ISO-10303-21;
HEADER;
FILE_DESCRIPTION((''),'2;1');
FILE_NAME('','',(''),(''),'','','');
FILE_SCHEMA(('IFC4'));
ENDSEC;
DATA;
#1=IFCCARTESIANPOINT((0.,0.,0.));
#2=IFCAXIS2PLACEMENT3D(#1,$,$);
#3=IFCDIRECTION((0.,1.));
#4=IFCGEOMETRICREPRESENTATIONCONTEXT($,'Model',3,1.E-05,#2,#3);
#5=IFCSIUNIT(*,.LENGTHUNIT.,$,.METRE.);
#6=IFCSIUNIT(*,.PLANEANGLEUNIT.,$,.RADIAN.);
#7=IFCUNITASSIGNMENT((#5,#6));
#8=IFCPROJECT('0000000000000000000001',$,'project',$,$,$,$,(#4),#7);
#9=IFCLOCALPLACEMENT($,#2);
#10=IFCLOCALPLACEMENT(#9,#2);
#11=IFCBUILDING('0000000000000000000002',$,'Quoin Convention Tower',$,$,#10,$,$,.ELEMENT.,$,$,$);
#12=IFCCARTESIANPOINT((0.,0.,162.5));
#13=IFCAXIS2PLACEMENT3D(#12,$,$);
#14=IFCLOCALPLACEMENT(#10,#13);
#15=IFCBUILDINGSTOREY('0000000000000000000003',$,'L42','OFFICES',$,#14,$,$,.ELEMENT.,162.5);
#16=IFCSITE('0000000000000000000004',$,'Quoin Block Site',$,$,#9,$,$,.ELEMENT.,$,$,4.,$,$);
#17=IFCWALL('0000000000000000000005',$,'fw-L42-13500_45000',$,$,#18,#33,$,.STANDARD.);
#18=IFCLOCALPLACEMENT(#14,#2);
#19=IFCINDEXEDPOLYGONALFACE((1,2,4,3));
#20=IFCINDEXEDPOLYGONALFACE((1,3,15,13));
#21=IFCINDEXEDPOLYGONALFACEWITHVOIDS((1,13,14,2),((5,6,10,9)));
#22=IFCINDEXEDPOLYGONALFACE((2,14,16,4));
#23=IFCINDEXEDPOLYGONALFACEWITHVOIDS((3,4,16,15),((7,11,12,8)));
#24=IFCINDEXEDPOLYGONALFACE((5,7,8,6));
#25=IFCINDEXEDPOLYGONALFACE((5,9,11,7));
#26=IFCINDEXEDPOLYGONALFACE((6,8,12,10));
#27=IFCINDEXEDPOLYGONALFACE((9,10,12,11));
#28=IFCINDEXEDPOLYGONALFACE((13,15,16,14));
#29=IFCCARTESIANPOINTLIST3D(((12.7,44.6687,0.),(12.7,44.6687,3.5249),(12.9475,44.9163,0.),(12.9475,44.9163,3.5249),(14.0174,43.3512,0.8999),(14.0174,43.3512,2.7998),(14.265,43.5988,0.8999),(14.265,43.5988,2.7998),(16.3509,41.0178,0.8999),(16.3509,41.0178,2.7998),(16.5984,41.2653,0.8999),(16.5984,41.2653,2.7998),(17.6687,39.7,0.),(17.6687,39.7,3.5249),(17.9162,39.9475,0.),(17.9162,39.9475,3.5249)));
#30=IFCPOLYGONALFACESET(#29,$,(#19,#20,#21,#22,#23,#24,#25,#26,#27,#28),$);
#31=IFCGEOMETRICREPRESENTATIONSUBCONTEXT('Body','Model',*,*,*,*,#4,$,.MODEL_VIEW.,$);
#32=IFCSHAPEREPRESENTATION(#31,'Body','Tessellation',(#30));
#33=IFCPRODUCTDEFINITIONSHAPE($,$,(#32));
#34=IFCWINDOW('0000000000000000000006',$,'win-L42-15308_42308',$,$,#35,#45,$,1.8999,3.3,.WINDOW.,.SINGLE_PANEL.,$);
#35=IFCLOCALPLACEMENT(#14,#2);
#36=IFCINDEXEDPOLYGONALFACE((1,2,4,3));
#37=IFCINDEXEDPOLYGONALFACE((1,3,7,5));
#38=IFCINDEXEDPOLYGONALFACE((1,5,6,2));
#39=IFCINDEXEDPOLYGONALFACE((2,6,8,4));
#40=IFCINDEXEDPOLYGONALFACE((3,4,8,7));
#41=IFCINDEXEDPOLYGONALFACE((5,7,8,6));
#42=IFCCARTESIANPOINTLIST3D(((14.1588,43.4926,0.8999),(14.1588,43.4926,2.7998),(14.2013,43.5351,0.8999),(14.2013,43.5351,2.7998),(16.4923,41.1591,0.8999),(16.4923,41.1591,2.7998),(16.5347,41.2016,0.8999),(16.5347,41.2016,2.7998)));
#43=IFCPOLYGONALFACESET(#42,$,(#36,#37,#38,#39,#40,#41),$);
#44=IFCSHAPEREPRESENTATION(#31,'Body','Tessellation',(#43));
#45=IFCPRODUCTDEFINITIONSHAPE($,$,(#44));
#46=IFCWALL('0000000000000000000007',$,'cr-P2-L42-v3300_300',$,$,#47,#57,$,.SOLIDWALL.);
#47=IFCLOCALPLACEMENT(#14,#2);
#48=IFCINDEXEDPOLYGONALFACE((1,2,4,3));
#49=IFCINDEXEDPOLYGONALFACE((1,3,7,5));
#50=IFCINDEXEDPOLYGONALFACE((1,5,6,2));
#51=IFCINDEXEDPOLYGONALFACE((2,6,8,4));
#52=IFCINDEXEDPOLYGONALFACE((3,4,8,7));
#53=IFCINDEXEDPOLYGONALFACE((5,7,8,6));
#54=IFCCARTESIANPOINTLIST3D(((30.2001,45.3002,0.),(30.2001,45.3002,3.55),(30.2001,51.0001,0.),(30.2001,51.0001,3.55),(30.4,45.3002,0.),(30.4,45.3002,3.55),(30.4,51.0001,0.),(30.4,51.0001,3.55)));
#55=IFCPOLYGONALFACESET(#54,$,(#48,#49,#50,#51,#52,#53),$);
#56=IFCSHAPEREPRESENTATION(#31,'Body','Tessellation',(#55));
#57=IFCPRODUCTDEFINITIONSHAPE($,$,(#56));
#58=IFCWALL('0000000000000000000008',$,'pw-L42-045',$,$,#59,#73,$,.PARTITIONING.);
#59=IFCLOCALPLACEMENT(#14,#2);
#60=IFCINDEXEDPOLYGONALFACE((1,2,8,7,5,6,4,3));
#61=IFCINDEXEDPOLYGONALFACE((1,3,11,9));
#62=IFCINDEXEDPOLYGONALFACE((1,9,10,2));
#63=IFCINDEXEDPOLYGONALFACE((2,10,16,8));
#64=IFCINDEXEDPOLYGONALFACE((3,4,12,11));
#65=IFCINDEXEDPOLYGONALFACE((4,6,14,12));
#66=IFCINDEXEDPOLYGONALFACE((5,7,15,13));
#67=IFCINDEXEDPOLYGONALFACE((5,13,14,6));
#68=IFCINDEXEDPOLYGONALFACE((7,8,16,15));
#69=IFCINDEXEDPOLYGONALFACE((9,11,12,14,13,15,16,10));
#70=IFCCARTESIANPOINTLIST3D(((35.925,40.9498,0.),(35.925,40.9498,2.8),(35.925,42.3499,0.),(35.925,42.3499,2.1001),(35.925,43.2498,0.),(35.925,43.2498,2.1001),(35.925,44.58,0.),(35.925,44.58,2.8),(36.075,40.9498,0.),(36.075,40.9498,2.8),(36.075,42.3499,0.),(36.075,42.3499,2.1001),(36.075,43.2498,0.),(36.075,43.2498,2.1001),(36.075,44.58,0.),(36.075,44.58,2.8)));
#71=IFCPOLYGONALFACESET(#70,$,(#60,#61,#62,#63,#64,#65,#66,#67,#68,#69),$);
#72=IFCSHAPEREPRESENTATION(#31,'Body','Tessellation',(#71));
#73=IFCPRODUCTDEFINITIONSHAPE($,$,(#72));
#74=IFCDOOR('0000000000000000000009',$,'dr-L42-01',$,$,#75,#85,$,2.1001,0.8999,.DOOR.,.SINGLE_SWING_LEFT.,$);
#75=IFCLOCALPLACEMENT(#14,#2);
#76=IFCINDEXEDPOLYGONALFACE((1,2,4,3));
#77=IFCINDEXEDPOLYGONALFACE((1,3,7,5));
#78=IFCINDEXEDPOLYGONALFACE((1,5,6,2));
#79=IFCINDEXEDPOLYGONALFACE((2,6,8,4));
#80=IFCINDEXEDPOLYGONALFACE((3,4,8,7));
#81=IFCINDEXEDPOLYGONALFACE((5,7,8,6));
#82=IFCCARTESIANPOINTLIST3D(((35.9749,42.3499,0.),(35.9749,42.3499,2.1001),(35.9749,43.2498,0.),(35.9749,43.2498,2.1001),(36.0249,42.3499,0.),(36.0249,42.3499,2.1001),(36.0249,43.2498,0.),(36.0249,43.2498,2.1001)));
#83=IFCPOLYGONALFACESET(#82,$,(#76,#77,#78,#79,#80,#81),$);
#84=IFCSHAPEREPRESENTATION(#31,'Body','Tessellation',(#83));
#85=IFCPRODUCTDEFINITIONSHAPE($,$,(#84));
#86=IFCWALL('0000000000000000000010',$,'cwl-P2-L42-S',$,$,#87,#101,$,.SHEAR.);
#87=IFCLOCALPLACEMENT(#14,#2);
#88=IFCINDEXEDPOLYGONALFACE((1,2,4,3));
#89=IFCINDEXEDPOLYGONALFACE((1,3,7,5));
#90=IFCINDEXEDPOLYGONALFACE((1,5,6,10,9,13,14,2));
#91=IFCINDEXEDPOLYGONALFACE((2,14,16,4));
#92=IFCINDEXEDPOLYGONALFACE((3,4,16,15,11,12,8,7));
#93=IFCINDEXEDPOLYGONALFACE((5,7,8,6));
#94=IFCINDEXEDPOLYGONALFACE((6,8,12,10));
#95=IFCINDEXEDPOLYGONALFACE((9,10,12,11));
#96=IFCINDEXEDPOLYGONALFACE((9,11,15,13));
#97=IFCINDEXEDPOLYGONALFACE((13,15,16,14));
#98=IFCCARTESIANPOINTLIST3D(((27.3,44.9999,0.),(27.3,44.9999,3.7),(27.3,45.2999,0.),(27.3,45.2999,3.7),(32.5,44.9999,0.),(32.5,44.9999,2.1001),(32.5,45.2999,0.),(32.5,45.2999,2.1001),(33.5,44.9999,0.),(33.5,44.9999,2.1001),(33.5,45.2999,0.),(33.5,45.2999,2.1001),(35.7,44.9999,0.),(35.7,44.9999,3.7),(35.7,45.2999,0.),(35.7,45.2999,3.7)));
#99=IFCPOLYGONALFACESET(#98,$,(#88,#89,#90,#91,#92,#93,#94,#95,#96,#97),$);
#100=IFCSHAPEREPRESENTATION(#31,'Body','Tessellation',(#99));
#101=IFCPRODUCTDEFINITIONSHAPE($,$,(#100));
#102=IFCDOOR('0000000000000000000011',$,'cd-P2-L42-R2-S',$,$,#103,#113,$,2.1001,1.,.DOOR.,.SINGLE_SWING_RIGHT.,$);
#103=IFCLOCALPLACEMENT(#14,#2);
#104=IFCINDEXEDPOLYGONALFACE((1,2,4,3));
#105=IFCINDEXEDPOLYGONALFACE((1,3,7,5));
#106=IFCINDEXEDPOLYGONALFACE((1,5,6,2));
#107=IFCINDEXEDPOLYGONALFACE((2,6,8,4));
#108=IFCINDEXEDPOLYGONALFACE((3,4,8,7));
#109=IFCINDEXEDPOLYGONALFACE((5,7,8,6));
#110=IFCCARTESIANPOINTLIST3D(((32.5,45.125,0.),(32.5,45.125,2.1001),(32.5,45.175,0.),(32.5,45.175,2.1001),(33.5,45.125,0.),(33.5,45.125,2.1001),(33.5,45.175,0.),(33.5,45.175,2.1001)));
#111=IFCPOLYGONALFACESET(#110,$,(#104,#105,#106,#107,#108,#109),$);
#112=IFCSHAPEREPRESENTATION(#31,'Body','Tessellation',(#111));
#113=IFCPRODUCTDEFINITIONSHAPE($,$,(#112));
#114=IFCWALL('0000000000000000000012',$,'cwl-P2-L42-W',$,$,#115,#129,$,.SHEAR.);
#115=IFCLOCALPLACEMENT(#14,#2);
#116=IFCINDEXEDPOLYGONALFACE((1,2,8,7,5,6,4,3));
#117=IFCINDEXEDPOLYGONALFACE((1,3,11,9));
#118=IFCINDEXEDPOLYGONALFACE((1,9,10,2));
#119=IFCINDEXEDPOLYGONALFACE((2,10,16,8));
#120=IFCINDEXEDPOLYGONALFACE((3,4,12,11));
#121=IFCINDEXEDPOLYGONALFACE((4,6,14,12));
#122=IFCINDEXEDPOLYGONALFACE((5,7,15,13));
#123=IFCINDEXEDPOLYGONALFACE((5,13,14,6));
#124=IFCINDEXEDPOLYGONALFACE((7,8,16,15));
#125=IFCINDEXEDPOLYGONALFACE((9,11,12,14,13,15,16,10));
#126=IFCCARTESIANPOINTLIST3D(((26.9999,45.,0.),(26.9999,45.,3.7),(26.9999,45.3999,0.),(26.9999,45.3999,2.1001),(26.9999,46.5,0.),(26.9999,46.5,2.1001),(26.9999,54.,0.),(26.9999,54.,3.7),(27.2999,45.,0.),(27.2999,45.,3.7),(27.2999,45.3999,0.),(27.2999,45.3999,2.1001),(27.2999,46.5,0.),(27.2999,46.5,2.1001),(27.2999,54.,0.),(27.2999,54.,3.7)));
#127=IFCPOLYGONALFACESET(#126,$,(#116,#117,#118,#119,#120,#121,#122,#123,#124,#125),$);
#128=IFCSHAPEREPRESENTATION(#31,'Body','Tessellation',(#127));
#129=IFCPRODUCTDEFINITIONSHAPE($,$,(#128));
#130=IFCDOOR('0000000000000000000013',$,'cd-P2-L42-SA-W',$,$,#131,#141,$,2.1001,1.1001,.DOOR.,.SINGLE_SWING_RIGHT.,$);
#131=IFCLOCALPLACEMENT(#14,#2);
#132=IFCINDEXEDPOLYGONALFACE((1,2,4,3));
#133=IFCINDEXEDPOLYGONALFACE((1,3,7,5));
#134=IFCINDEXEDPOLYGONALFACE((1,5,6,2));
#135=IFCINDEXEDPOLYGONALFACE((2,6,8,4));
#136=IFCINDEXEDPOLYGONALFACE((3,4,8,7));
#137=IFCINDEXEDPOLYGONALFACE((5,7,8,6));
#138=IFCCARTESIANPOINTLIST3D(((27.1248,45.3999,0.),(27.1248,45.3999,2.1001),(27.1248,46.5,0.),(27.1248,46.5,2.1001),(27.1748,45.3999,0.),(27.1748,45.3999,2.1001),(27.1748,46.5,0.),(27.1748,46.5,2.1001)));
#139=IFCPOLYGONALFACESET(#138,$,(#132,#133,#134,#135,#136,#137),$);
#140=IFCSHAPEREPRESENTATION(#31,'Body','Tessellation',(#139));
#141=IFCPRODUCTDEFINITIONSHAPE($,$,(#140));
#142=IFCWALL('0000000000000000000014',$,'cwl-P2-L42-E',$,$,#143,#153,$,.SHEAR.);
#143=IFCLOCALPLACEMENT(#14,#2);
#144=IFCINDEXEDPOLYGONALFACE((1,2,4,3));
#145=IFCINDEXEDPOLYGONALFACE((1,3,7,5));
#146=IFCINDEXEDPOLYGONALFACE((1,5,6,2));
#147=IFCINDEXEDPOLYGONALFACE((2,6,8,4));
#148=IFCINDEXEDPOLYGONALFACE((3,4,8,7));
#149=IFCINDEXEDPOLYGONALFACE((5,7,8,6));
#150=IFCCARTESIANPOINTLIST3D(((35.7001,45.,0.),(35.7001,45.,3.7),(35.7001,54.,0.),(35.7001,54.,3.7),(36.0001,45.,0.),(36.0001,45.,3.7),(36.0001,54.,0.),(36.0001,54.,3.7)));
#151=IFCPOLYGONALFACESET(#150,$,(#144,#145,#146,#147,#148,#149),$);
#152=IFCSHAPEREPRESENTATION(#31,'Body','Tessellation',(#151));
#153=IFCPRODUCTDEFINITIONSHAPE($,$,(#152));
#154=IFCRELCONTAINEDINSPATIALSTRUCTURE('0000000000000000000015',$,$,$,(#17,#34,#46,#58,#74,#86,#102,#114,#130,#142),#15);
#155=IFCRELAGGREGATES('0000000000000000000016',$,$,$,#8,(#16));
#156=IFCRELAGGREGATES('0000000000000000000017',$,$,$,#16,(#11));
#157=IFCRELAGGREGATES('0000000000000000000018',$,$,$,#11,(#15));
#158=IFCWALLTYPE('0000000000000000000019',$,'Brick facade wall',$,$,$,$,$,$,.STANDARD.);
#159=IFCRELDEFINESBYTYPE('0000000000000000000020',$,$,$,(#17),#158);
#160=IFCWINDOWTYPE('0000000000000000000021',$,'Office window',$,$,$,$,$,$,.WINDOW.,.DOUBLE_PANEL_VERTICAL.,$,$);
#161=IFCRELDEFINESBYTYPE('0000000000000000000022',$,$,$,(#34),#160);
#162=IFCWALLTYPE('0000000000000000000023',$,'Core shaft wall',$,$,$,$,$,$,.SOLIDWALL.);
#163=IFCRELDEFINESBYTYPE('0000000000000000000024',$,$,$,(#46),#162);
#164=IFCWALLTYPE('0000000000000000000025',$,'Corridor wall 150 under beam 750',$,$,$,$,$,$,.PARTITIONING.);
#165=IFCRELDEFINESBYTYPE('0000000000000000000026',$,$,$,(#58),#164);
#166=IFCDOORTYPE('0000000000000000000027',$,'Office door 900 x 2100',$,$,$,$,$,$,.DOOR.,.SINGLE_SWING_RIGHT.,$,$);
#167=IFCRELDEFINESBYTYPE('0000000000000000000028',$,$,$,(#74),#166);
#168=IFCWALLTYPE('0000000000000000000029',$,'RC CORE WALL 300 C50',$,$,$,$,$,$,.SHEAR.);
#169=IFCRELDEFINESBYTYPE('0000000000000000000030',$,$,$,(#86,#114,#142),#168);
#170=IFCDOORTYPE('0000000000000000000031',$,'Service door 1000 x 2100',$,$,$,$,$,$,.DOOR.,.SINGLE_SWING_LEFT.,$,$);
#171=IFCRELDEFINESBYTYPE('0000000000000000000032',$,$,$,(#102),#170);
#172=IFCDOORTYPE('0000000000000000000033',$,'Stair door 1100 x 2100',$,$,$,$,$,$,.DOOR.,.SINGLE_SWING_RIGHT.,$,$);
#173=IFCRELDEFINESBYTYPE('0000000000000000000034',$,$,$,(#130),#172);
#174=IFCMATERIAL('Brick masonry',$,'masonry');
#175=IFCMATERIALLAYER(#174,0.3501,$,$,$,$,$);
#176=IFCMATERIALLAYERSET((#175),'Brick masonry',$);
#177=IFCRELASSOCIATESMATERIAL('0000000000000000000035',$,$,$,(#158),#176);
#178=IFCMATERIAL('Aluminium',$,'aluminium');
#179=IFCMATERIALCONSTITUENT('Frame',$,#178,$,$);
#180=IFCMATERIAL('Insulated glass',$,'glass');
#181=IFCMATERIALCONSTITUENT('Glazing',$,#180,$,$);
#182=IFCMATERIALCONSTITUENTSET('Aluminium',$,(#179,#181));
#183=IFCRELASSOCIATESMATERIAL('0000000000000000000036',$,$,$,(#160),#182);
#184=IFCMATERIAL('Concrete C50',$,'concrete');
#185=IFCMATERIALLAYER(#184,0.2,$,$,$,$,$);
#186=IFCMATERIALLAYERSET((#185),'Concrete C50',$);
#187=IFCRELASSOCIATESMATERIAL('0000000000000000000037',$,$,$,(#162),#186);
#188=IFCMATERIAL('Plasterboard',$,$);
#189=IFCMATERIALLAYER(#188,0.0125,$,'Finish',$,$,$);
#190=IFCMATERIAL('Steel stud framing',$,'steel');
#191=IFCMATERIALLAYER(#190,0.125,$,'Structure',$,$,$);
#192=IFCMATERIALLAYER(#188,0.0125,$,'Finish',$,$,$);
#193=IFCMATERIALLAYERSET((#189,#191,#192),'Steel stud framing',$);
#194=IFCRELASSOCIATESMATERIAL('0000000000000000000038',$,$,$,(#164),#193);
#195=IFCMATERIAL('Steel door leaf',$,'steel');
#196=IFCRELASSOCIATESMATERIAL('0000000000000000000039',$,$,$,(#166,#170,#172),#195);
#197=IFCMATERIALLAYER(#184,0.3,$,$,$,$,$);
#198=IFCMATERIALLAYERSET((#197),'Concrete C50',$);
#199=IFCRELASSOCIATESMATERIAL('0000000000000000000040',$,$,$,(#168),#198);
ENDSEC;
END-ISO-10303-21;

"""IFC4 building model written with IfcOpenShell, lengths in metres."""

from ifc_helpers import new_model, si_unit, direction, frame, frame_2d, origin, place, context, subcontext, project, spatial, rectangle, extrude, material, layer, layer_set, constituent, constituent_set, type_object, element, fill, save


model = new_model("IFC4")

# Units and contexts
model_context = context("Model", 3, precision=1e-05, world=origin(), true_north=direction((0.0, 1.0)))
body_context = subcontext(model_context, "Body", "Model", "MODEL_VIEW")
ifc_project = project(units=[si_unit("LENGTHUNIT", "METRE"), si_unit("PLANEANGLEUNIT", "RADIAN")], contexts=[model_context])

# Site, building, storey
site_placement = place(None, origin())
site = spatial("IfcSite", under=ifc_project, at=site_placement, Name="Quoin Block Site", CompositionType="ELEMENT", RefElevation=4.0)
building_placement = place(site_placement, origin())
building = spatial("IfcBuilding", under=site, at=building_placement, Name="Quoin Convention Tower", CompositionType="ELEMENT")
storey_placement = place(building_placement, frame((0.0, 0.0, 162.5)))
storey = spatial("IfcBuildingStorey", under=building, at=storey_placement, Name="L42", Description="OFFICES", CompositionType="ELEMENT", Elevation=162.5)

# Shared definitions
ifc_material_1 = material(Name="Concrete C50", Category="concrete")

# Wall, opening, window
ifc_material_2 = material(Name="Brick masonry", Category="masonry")
ifc_layer_1 = layer(ifc_material_2, 0.3501)
ifc_layer_set_1 = layer_set([ifc_layer_1], Name="Brick masonry")
wall_type_1 = type_object("IfcWallType", Name="Brick facade wall", PredefinedType="STANDARD", material=ifc_layer_set_1)
wall_1_placement = place(storey_placement, frame((12.8237, 44.7925, 0.0), z_axis=(0.0, 0.0, 1.0), x_axis=(0.707107, -0.707107, 0.0)))
wall_1 = element("IfcWall", 1, at=wall_1_placement, inside=storey, type_object=wall_type_1, Name="fw-L42-13500_45000", PredefinedType="STANDARD", context=body_context, shape_type="SweptSolid", body=[
    extrude(rectangle(XDim=7.0269, YDim=0.3501, at=frame_2d((3.5134, 0.0))), origin(), (0.0, 0.0, 1.0), 3.5249),
])
opening_1_placement = place(wall_1_placement, frame((1.8633, 0.0, 0.8999)))
opening_1 = element("IfcOpeningElement", 2, at=opening_1_placement, cuts=wall_1, PredefinedType="OPENING", context=body_context, shape_type="SweptSolid", body=[
    extrude(rectangle(XDim=3.3, YDim=1.8999, at=frame_2d((1.6499, 0.95))), frame((0.0, 0.1851, 0.0), z_axis=(0.0, -1.0, 0.0), x_axis=(1.0, 0.0, 0.0)), (0.0, 0.0, 1.0), 0.3701),
])
ifc_material_3 = material(Name="Aluminium", Category="aluminium")
ifc_constituent_1 = constituent(ifc_material_3, Name="Frame")
ifc_material_4 = material(Name="Insulated glass", Category="glass")
ifc_constituent_2 = constituent(ifc_material_4, Name="Glazing")
ifc_constituent_set = constituent_set(constituents=[ifc_constituent_1, ifc_constituent_2], Name="Aluminium")
window_type = type_object("IfcWindowType", Name="Office window", PartitioningType="DOUBLE_PANEL_VERTICAL", PredefinedType="WINDOW", material=ifc_constituent_set)
window_placement = place(opening_1_placement, origin())
window = element("IfcWindow", 3, at=window_placement, inside=storey, type_object=window_type, Name="win-L42-15308_42308", OverallHeight=1.8999, OverallWidth=3.3, PartitioningType="SINGLE_PANEL", PredefinedType="WINDOW", context=body_context, shape_type="SweptSolid", body=[
    extrude(rectangle(XDim=3.3, YDim=1.8999, at=frame_2d((1.6499, 0.95))), frame((0.0, 0.085, 0.0), z_axis=(0.0, -1.0, 0.0), x_axis=(1.0, 0.0, 0.0)), (0.0, 0.0, 1.0), 0.0601),
])
fill(opening_1, window)

# Wall
ifc_layer_2 = layer(ifc_material_1, 0.2)
ifc_layer_set_2 = layer_set([ifc_layer_2], Name="Concrete C50")
wall_type_2 = type_object("IfcWallType", Name="Core shaft wall", PredefinedType="SOLIDWALL", material=ifc_layer_set_2)
wall_2_placement = place(storey_placement, frame((30.3, 45.3, 0.0), z_axis=(0.0, 0.0, 1.0), x_axis=(0.0, 1.0, 0.0)))
element("IfcWall", 4, at=wall_2_placement, inside=storey, type_object=wall_type_2, Name="cr-P2-L42-v3300_300", PredefinedType="SOLIDWALL", context=body_context, shape_type="SweptSolid", body=[
    extrude(rectangle(XDim=5.7, YDim=0.2, at=frame_2d((2.8501, 0.0))), origin(), (0.0, 0.0, 1.0), 3.55),
])

# Walls, openings, doors
ifc_material_5 = material(Name="Plasterboard")
ifc_layer_3 = layer(ifc_material_5, 0.0125, Name="Finish")
ifc_material_6 = material(Name="Steel stud framing", Category="steel")
ifc_layer_4 = layer(ifc_material_6, 0.125, Name="Structure")
ifc_layer_5 = layer(ifc_material_5, 0.0125, Name="Finish")
ifc_layer_set_3 = layer_set([ifc_layer_3, ifc_layer_4, ifc_layer_5], Name="Steel stud framing")
wall_type_3 = type_object("IfcWallType", Name="Corridor wall 150 under beam 750", PredefinedType="PARTITIONING", material=ifc_layer_set_3)
wall_3_placement = place(storey_placement, frame((36.0, 40.95, 0.0), z_axis=(0.0, 0.0, 1.0), x_axis=(0.0, 1.0, 0.0)))
wall_3 = element("IfcWall", 5, at=wall_3_placement, inside=storey, type_object=wall_type_3, Name="pw-L42-045", PredefinedType="PARTITIONING", context=body_context, shape_type="SweptSolid", body=[
    extrude(rectangle(XDim=3.6301, YDim=0.1499, at=frame_2d((1.8149, 0.0))), origin(), (0.0, 0.0, 1.0), 2.8),
])
opening_2_placement = place(wall_3_placement, frame((1.3999, 0.0, 0.0)))
opening_2 = element("IfcOpeningElement", 6, at=opening_2_placement, cuts=wall_3, PredefinedType="OPENING", context=body_context, shape_type="SweptSolid", body=[
    extrude(rectangle(XDim=0.8999, YDim=2.1001, at=frame_2d((0.45, 1.05))), frame((0.0, 0.085, 0.0), z_axis=(0.0, -1.0, 0.0), x_axis=(1.0, 0.0, 0.0)), (0.0, 0.0, 1.0), 0.1699),
])
ifc_material_7 = material(Name="Steel door leaf", Category="steel")
door_type_1 = type_object("IfcDoorType", Name="Office door 900 x 2100", OperationType="SINGLE_SWING_RIGHT", PredefinedType="DOOR", material=ifc_material_7)
door_1_placement = place(opening_2_placement, frame((0.8999, 0.0, 0.0), z_axis=(0.0, 0.0, 1.0), x_axis=(-1.0, 0.0, 0.0)))
door_1 = element("IfcDoor", 7, at=door_1_placement, inside=storey, type_object=door_type_1, Name="dr-L42-01", OperationType="SINGLE_SWING_LEFT", OverallHeight=2.1001, OverallWidth=0.8999, PredefinedType="DOOR", context=body_context, shape_type="SweptSolid", body=[
    extrude(rectangle(XDim=0.8999, YDim=2.1001, at=frame_2d((0.45, 1.05))), frame((0.0, 0.0249, 0.0), z_axis=(0.0, -1.0, 0.0), x_axis=(1.0, 0.0, 0.0)), (0.0, 0.0, 1.0), 0.05),
])
fill(opening_2, door_1)
ifc_layer_6 = layer(ifc_material_1, 0.3)
ifc_layer_set_4 = layer_set([ifc_layer_6], Name="Concrete C50")
wall_type_4 = type_object("IfcWallType", Name="RC CORE WALL 300 C50", PredefinedType="SHEAR", material=ifc_layer_set_4)
wall_4_placement = place(storey_placement, frame((27.3, 45.1499, 0.0), z_axis=(0.0, 0.0, 1.0), x_axis=(1.0, 0.0, 0.0)))
wall_4 = element("IfcWall", 8, at=wall_4_placement, inside=storey, type_object=wall_type_4, Name="cwl-P2-L42-S", PredefinedType="SHEAR", context=body_context, shape_type="SweptSolid", body=[
    extrude(rectangle(XDim=8.3999, YDim=0.3, at=frame_2d((4.2, 0.0))), origin(), (0.0, 0.0, 1.0), 3.7),
])
opening_3_placement = place(wall_4_placement, frame((5.2, 0.0, 0.0)))
opening_3 = element("IfcOpeningElement", 9, at=opening_3_placement, cuts=wall_4, PredefinedType="OPENING", context=body_context, shape_type="SweptSolid", body=[
    extrude(rectangle(XDim=1.0, YDim=2.1001, at=frame_2d((0.5, 1.05))), frame((0.0, 0.1599, 0.0), z_axis=(0.0, -1.0, 0.0), x_axis=(1.0, 0.0, 0.0)), (0.0, 0.0, 1.0), 0.3201),
])
door_type_2 = type_object("IfcDoorType", Name="Service door 1000 x 2100", OperationType="SINGLE_SWING_LEFT", PredefinedType="DOOR", material=ifc_material_7)
door_2_placement = place(opening_3_placement, frame((1.0, 0.0, 0.0), z_axis=(0.0, 0.0, 1.0), x_axis=(-1.0, 0.0, 0.0)))
door_2 = element("IfcDoor", 10, at=door_2_placement, inside=storey, type_object=door_type_2, Name="cd-P2-L42-R2-S", OperationType="SINGLE_SWING_RIGHT", OverallHeight=2.1001, OverallWidth=1.0, PredefinedType="DOOR", context=body_context, shape_type="SweptSolid", body=[
    extrude(rectangle(XDim=1.0, YDim=2.1001, at=frame_2d((0.5, 1.05))), frame((0.0, 0.0249, 0.0), z_axis=(0.0, -1.0, 0.0), x_axis=(1.0, 0.0, 0.0)), (0.0, 0.0, 1.0), 0.05),
])
fill(opening_3, door_2)
wall_5_placement = place(storey_placement, frame((27.1499, 45.0, 0.0), z_axis=(0.0, 0.0, 1.0), x_axis=(0.0, 1.0, 0.0)))
wall_5 = element("IfcWall", 11, at=wall_5_placement, inside=storey, type_object=wall_type_4, Name="cwl-P2-L42-W", PredefinedType="SHEAR", context=body_context, shape_type="SweptSolid", body=[
    extrude(rectangle(XDim=9.0, YDim=0.3, at=frame_2d((4.5, 0.0))), origin(), (0.0, 0.0, 1.0), 3.7),
])
opening_4_placement = place(wall_5_placement, frame((0.3999, 0.0, 0.0)))
opening_4 = element("IfcOpeningElement", 12, at=opening_4_placement, cuts=wall_5, PredefinedType="OPENING", context=body_context, shape_type="SweptSolid", body=[
    extrude(rectangle(XDim=1.1001, YDim=2.1001, at=frame_2d((0.55, 1.05))), frame((0.0, 0.1599, 0.0), z_axis=(0.0, -1.0, 0.0), x_axis=(1.0, 0.0, 0.0)), (0.0, 0.0, 1.0), 0.3201),
])
door_type_3 = type_object("IfcDoorType", Name="Stair door 1100 x 2100", OperationType="SINGLE_SWING_RIGHT", PredefinedType="DOOR", material=ifc_material_7)
door_3_placement = place(opening_4_placement, frame((1.1001, 0.0, 0.0), z_axis=(0.0, 0.0, 1.0), x_axis=(-1.0, 0.0, 0.0)))
door_3 = element("IfcDoor", 13, at=door_3_placement, inside=storey, type_object=door_type_3, Name="cd-P2-L42-SA-W", OperationType="SINGLE_SWING_RIGHT", OverallHeight=2.1001, OverallWidth=1.1001, PredefinedType="DOOR", context=body_context, shape_type="SweptSolid", body=[
    extrude(rectangle(XDim=1.1001, YDim=2.1001, at=frame_2d((0.55, 1.05))), frame((0.0, 0.0249, 0.0), z_axis=(0.0, -1.0, 0.0), x_axis=(1.0, 0.0, 0.0)), (0.0, 0.0, 1.0), 0.05),
])
fill(opening_4, door_3)

# Wall
wall_6_placement = place(storey_placement, frame((35.8501, 45.0, 0.0), z_axis=(0.0, 0.0, 1.0), x_axis=(0.0, 1.0, 0.0)))
element("IfcWall", 14, at=wall_6_placement, inside=storey, type_object=wall_type_4, Name="cwl-P2-L42-E", PredefinedType="SHEAR", context=body_context, shape_type="SweptSolid", body=[
    extrude(rectangle(XDim=9.0, YDim=0.3, at=frame_2d((4.5, 0.0))), origin(), (0.0, 0.0, 1.0), 3.7),
])

save(model, "model.ifc")
